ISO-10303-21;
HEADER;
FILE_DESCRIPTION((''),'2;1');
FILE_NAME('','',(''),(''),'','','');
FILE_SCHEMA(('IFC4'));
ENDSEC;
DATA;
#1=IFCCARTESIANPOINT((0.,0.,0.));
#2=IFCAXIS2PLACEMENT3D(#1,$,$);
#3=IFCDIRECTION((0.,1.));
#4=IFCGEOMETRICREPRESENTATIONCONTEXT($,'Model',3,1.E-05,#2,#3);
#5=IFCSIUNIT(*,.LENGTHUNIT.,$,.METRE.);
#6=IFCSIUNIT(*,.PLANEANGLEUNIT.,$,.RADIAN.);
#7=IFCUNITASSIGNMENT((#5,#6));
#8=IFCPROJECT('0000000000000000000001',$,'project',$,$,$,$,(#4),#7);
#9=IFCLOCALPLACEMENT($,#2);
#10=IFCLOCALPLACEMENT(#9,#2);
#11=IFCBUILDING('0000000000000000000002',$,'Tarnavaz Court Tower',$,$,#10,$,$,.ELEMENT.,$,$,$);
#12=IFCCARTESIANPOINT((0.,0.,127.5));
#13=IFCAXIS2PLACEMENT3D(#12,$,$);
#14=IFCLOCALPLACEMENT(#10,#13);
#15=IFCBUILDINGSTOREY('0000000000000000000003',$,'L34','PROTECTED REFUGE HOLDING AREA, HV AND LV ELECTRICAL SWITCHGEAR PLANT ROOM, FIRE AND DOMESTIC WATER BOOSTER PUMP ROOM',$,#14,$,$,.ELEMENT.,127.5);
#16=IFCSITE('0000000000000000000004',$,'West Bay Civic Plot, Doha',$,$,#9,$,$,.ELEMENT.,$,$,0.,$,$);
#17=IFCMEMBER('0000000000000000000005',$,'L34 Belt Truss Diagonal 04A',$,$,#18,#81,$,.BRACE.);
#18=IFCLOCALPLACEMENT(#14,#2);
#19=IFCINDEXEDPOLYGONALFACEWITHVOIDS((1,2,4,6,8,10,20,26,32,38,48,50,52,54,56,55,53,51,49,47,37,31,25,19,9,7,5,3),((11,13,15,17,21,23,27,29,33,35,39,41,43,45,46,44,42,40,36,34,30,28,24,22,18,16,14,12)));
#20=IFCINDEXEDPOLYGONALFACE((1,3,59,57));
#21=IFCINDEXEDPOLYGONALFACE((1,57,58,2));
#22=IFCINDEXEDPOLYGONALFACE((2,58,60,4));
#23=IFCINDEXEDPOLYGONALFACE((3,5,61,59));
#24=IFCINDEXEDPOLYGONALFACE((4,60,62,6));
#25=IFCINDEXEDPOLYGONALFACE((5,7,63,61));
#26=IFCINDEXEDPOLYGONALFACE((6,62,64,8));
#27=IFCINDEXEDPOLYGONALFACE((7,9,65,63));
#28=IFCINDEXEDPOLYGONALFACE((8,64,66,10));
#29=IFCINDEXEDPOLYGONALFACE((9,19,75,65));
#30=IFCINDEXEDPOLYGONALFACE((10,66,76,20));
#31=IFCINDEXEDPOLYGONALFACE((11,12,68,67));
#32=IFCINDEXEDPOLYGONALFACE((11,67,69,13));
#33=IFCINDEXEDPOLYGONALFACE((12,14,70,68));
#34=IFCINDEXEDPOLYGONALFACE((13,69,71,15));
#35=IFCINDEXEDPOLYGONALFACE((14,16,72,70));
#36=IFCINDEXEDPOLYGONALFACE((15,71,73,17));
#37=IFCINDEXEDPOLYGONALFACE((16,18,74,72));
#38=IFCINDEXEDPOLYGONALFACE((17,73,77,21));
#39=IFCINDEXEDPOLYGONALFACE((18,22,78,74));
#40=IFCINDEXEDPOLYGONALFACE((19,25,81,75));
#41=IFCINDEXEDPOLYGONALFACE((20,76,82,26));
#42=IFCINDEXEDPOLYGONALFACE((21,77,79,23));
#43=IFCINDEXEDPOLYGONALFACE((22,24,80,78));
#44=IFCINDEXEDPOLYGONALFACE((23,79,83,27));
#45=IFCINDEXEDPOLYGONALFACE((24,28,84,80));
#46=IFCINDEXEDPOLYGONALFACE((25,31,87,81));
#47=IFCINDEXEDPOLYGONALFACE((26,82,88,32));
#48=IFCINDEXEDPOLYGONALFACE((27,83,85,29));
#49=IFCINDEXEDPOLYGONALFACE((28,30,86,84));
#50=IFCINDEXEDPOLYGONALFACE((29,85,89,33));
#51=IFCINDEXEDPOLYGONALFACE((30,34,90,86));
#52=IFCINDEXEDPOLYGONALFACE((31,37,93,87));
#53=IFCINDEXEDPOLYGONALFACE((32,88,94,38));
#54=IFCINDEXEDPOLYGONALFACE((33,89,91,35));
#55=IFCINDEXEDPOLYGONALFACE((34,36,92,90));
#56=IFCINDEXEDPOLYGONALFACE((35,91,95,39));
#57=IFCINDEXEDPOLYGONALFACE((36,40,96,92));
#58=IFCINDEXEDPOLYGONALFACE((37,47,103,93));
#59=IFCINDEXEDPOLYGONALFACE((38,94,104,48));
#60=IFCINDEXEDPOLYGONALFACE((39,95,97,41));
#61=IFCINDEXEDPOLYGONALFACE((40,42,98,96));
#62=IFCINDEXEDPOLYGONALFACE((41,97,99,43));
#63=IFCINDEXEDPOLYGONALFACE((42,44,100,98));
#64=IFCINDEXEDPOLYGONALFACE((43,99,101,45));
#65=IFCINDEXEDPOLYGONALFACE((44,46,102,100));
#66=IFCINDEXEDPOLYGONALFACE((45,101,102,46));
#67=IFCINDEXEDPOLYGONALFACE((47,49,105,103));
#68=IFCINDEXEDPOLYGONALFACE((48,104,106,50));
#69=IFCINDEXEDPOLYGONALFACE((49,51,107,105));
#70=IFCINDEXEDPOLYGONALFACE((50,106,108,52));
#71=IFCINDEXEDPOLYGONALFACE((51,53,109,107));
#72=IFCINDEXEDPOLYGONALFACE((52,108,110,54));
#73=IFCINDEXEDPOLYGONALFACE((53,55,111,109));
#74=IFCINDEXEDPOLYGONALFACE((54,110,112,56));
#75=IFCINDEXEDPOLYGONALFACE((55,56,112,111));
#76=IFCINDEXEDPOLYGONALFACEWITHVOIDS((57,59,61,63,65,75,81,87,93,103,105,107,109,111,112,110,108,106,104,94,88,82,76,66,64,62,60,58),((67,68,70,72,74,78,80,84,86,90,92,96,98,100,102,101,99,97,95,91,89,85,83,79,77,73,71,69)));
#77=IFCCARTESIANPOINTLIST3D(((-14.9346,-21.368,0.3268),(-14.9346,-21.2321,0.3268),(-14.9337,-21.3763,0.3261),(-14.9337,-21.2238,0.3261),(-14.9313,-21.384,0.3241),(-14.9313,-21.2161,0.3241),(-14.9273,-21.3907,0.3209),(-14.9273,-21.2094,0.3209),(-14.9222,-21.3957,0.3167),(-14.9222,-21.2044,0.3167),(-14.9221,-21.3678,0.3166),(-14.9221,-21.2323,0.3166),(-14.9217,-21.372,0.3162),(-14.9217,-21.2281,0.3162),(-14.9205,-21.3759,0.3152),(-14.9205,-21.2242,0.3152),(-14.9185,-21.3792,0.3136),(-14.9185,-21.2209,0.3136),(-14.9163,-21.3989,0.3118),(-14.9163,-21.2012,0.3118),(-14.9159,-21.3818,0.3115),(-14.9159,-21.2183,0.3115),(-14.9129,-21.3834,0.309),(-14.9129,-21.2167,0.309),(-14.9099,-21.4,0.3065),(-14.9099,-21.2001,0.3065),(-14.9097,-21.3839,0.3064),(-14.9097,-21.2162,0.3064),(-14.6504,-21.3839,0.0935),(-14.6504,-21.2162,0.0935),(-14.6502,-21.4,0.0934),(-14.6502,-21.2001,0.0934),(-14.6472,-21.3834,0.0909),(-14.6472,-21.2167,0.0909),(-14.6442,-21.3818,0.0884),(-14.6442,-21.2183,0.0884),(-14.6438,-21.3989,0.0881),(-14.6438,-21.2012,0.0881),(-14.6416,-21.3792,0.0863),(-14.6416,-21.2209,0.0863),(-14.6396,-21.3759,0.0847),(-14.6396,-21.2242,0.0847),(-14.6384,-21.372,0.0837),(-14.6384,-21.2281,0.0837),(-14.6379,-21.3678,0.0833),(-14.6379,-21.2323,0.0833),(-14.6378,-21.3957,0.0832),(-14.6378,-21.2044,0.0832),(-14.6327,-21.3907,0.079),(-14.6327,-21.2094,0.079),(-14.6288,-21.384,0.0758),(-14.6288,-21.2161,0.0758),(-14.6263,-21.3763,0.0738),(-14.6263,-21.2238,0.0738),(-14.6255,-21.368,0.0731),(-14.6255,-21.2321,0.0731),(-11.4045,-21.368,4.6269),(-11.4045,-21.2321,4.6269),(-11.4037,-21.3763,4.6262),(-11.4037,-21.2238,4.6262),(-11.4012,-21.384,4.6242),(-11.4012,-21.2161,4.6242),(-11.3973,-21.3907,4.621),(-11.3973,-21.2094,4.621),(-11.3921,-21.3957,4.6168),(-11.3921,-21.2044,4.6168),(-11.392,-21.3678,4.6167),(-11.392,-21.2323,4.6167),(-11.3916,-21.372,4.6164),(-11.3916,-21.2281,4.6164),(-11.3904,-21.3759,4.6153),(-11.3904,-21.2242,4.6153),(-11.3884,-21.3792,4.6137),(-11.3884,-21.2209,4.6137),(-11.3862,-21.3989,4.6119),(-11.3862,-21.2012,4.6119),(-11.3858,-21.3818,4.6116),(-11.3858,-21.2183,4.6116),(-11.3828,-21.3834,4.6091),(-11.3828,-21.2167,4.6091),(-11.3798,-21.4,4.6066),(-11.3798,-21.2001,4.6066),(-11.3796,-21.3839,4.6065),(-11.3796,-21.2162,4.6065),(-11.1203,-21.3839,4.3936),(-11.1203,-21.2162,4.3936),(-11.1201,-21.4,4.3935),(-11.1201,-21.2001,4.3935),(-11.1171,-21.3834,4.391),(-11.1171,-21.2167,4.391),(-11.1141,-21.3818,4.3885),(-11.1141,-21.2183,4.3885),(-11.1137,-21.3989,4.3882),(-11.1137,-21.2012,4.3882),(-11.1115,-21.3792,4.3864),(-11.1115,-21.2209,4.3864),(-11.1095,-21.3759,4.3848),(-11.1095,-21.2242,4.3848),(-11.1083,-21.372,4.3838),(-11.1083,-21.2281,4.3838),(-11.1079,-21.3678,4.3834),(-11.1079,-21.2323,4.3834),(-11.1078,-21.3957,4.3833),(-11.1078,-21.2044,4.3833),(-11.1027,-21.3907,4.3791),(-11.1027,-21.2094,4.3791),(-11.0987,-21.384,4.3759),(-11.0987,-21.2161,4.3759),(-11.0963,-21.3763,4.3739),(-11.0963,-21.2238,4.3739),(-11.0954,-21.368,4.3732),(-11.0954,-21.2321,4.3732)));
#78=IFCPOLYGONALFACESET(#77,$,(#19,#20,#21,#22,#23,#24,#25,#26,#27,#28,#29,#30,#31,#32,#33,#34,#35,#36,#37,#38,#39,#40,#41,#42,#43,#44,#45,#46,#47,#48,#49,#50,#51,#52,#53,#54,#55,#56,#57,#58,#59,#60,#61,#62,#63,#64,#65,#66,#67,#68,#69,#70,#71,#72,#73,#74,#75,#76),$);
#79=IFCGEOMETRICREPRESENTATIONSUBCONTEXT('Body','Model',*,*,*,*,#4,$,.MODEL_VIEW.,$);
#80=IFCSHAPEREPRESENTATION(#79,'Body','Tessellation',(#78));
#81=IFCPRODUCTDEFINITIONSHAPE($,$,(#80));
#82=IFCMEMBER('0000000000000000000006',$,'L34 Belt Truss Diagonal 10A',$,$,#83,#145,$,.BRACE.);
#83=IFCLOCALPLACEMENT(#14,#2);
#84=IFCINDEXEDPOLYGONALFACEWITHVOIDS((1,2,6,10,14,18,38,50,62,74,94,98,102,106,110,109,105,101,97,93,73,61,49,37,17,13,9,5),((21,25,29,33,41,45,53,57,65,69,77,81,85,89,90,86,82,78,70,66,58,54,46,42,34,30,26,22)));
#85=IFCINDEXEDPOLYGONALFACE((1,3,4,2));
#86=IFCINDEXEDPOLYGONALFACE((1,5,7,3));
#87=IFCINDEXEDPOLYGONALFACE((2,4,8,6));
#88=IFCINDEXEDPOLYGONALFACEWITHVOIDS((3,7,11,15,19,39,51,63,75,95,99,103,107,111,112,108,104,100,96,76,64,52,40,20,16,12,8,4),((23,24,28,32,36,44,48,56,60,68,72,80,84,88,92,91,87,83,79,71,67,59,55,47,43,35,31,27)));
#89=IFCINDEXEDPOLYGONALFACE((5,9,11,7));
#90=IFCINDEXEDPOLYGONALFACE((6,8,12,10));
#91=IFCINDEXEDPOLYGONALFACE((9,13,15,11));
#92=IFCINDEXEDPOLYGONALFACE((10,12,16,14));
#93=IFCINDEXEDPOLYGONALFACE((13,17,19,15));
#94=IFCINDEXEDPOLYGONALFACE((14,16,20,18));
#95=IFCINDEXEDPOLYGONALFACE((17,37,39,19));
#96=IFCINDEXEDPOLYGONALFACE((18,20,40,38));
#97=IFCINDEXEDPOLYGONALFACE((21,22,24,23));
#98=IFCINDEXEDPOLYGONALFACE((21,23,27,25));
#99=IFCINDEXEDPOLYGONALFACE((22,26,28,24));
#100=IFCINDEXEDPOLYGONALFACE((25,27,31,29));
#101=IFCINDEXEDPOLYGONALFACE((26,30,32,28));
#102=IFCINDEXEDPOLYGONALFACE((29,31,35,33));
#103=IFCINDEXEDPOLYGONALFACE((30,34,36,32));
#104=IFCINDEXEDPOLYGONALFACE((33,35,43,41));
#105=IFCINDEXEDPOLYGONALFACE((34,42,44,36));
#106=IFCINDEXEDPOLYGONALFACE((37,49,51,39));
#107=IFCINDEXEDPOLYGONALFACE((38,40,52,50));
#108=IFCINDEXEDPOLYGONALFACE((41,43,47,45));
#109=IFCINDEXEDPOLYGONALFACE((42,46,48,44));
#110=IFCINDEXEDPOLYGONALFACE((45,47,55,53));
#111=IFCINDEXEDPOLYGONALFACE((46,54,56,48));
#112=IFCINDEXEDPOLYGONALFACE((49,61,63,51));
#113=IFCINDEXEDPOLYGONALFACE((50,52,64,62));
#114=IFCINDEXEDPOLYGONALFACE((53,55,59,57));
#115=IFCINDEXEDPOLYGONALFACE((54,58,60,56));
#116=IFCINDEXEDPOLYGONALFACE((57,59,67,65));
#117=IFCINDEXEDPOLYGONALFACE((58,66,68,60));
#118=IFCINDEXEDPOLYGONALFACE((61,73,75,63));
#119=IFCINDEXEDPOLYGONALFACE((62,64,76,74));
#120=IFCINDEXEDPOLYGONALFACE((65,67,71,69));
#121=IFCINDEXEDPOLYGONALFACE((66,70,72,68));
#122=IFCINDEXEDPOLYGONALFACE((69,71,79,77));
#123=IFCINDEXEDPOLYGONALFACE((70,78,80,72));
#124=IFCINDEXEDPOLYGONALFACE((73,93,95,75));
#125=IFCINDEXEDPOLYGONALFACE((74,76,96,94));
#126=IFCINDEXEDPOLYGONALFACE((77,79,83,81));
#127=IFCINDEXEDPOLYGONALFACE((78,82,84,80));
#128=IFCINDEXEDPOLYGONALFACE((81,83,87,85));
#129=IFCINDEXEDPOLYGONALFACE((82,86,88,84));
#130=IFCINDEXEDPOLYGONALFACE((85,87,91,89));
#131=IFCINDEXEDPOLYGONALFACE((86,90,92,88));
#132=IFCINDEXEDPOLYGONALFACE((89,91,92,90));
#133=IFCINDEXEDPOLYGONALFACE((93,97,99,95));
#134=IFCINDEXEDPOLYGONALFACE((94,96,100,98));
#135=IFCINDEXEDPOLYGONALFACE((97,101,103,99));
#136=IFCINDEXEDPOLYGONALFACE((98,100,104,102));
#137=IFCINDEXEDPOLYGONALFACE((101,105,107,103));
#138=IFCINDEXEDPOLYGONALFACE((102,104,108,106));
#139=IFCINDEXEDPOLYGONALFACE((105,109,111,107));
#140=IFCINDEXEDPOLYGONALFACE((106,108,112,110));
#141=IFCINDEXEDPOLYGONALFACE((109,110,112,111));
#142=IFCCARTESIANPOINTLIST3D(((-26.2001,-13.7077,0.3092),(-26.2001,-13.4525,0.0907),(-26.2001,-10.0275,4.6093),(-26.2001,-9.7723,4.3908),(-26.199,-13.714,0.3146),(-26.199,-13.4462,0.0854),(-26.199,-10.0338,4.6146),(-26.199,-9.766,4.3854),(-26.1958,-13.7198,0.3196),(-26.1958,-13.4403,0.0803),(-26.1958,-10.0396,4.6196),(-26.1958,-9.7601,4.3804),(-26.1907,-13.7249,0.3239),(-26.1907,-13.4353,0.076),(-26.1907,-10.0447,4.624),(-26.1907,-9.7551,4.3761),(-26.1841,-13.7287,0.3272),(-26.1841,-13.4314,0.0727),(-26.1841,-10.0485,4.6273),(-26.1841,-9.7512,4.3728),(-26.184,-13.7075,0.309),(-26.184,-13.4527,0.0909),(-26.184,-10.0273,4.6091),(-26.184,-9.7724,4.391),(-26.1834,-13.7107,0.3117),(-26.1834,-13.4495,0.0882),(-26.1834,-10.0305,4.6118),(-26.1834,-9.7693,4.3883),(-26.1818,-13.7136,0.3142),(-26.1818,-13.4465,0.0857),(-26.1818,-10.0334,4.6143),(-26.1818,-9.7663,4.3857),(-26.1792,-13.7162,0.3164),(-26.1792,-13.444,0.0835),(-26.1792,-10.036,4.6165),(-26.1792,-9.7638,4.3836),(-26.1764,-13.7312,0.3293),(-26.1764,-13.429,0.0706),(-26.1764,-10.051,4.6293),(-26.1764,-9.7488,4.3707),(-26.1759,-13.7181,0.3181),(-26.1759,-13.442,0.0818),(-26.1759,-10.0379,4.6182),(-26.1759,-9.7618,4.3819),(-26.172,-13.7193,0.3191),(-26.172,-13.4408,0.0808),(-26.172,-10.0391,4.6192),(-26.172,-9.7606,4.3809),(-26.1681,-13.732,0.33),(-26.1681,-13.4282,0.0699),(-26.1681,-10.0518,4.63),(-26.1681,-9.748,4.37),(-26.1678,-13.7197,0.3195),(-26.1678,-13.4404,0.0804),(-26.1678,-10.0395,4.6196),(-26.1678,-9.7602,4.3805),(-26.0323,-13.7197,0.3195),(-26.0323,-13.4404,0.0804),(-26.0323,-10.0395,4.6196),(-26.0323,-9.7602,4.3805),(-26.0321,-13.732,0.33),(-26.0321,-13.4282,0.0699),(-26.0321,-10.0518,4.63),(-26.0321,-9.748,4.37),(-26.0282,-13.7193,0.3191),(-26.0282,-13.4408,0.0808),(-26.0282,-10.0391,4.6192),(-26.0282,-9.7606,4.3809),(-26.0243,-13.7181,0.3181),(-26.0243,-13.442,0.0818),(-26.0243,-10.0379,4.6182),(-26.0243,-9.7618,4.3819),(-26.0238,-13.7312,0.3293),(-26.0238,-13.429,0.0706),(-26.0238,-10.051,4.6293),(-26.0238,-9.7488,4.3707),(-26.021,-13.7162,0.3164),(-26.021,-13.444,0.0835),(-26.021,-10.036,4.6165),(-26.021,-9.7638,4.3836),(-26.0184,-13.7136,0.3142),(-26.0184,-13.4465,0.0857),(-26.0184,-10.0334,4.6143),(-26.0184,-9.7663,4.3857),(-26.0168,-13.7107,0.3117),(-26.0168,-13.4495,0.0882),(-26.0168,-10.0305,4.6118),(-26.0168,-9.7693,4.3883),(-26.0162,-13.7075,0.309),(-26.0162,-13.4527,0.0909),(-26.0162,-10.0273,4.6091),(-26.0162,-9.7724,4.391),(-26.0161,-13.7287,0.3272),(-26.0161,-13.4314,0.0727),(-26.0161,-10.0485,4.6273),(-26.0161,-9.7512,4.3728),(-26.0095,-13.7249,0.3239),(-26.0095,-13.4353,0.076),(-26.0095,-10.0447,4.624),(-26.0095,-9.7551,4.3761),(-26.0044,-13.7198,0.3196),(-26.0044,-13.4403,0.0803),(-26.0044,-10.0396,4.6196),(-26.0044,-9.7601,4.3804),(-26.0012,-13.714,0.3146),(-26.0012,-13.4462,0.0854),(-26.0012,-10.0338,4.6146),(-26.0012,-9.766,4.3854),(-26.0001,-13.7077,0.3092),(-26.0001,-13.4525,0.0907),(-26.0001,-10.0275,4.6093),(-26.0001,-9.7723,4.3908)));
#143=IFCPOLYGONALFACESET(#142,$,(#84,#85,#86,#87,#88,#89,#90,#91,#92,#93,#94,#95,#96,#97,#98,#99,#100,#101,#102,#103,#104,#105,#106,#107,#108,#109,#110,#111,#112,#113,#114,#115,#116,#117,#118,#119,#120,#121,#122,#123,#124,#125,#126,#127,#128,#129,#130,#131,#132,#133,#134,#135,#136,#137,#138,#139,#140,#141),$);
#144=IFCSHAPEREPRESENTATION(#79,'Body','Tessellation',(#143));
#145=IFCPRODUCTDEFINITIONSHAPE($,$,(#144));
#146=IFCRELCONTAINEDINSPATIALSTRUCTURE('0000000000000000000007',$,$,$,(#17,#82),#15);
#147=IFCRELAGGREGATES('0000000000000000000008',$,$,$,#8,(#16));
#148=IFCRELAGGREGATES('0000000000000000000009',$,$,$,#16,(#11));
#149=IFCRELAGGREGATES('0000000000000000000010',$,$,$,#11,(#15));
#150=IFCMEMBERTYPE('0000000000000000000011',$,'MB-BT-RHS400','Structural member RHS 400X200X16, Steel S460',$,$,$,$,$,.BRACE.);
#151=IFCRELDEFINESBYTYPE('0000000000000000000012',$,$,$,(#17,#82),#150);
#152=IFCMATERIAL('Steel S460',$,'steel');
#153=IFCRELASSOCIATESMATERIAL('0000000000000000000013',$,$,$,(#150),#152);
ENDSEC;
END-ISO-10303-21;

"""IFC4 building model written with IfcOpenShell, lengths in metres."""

from ifc_helpers import new_model, si_unit, direction, frame, origin, origin_2d, place, context, subcontext, project, spatial, hollow_rectangle, extrude, material, material_profile, profile_set, type_object, element, save


model = new_model("IFC4")

# Units and contexts
model_context = context("Model", 3, precision=1e-05, world=origin(), true_north=direction((0.0, 1.0)))
body_context = subcontext(model_context, "Body", "Model", "MODEL_VIEW")
ifc_project = project(units=[si_unit("LENGTHUNIT", "METRE"), si_unit("PLANEANGLEUNIT", "RADIAN")], contexts=[model_context])

# Site, building, storey
site_placement = place(None, origin())
site = spatial("IfcSite", under=ifc_project, at=site_placement, Name="West Bay Civic Plot, Doha", CompositionType="ELEMENT", RefElevation=0.0)
building_placement = place(site_placement, origin())
building = spatial("IfcBuilding", under=site, at=building_placement, Name="Tarnavaz Court Tower", CompositionType="ELEMENT")
storey_placement = place(building_placement, frame((0.0, 0.0, 127.5)))
storey = spatial("IfcBuildingStorey", under=building, at=storey_placement, Name="L34", Description="PROTECTED REFUGE HOLDING AREA, HV AND LV ELECTRICAL SWITCHGEAR PLANT ROOM, FIRE AND DOMESTIC WATER BOOSTER PUMP ROOM", CompositionType="ELEMENT", Elevation=127.5)

# Shared definitions
ifc_material_1 = material(Name="Steel S460", Category="steel")

# Members
ifc_material_profile_1 = material_profile(ifc_material_1, hollow_rectangle(XDim=0.2, YDim=0.3999, WallThickness=0.0161, InnerFilletRadius=0.0161, OuterFilletRadius=0.032, at=origin_2d()), Name="RHS 400X200X16")
ifc_profile_set_1 = profile_set([ifc_material_profile_1], Name="Steel S460")
member_type_1 = type_object("IfcMemberType", Name="MB-BT-RHS400", Description="Structural member RHS 400X200X16, Steel S460", PredefinedType="BRACE", material=ifc_profile_set_1)
member_1_placement = place(storey_placement, frame((-14.78, -21.3, 0.2), z_axis=(0.634508, 0.0, 0.772916), x_axis=(0.0, 1.0, 0.0)))
element("IfcMember", 1, at=member_1_placement, inside=storey, type_object=member_type_1, Name="L34 Belt Truss Diagonal 04A", PredefinedType="BRACE", context=body_context, shape_type="SweptSolid", body=[
    extrude(hollow_rectangle(XDim=0.2, YDim=0.3999, WallThickness=0.0161, InnerFilletRadius=0.0161, OuterFilletRadius=0.032, at=origin_2d()), origin(), (0.0, 0.0, 1.0), 5.5635),
])
member_2_placement = place(storey_placement, frame((-26.1001, -13.5801, 0.2), z_axis=(0.0, 0.650223, 0.759744), x_axis=(-1.0, 0.0, 0.0)))
element("IfcMember", 2, at=member_2_placement, inside=storey, type_object=member_type_1, Name="L34 Belt Truss Diagonal 10A", PredefinedType="BRACE", context=body_context, shape_type="SweptSolid", body=[
    extrude(hollow_rectangle(XDim=0.2, YDim=0.3999, WallThickness=0.0161, InnerFilletRadius=0.0161, OuterFilletRadius=0.032, at=origin_2d()), origin(), (0.0, 0.0, 1.0), 5.6599),
])

save(model, "model.ifc")
